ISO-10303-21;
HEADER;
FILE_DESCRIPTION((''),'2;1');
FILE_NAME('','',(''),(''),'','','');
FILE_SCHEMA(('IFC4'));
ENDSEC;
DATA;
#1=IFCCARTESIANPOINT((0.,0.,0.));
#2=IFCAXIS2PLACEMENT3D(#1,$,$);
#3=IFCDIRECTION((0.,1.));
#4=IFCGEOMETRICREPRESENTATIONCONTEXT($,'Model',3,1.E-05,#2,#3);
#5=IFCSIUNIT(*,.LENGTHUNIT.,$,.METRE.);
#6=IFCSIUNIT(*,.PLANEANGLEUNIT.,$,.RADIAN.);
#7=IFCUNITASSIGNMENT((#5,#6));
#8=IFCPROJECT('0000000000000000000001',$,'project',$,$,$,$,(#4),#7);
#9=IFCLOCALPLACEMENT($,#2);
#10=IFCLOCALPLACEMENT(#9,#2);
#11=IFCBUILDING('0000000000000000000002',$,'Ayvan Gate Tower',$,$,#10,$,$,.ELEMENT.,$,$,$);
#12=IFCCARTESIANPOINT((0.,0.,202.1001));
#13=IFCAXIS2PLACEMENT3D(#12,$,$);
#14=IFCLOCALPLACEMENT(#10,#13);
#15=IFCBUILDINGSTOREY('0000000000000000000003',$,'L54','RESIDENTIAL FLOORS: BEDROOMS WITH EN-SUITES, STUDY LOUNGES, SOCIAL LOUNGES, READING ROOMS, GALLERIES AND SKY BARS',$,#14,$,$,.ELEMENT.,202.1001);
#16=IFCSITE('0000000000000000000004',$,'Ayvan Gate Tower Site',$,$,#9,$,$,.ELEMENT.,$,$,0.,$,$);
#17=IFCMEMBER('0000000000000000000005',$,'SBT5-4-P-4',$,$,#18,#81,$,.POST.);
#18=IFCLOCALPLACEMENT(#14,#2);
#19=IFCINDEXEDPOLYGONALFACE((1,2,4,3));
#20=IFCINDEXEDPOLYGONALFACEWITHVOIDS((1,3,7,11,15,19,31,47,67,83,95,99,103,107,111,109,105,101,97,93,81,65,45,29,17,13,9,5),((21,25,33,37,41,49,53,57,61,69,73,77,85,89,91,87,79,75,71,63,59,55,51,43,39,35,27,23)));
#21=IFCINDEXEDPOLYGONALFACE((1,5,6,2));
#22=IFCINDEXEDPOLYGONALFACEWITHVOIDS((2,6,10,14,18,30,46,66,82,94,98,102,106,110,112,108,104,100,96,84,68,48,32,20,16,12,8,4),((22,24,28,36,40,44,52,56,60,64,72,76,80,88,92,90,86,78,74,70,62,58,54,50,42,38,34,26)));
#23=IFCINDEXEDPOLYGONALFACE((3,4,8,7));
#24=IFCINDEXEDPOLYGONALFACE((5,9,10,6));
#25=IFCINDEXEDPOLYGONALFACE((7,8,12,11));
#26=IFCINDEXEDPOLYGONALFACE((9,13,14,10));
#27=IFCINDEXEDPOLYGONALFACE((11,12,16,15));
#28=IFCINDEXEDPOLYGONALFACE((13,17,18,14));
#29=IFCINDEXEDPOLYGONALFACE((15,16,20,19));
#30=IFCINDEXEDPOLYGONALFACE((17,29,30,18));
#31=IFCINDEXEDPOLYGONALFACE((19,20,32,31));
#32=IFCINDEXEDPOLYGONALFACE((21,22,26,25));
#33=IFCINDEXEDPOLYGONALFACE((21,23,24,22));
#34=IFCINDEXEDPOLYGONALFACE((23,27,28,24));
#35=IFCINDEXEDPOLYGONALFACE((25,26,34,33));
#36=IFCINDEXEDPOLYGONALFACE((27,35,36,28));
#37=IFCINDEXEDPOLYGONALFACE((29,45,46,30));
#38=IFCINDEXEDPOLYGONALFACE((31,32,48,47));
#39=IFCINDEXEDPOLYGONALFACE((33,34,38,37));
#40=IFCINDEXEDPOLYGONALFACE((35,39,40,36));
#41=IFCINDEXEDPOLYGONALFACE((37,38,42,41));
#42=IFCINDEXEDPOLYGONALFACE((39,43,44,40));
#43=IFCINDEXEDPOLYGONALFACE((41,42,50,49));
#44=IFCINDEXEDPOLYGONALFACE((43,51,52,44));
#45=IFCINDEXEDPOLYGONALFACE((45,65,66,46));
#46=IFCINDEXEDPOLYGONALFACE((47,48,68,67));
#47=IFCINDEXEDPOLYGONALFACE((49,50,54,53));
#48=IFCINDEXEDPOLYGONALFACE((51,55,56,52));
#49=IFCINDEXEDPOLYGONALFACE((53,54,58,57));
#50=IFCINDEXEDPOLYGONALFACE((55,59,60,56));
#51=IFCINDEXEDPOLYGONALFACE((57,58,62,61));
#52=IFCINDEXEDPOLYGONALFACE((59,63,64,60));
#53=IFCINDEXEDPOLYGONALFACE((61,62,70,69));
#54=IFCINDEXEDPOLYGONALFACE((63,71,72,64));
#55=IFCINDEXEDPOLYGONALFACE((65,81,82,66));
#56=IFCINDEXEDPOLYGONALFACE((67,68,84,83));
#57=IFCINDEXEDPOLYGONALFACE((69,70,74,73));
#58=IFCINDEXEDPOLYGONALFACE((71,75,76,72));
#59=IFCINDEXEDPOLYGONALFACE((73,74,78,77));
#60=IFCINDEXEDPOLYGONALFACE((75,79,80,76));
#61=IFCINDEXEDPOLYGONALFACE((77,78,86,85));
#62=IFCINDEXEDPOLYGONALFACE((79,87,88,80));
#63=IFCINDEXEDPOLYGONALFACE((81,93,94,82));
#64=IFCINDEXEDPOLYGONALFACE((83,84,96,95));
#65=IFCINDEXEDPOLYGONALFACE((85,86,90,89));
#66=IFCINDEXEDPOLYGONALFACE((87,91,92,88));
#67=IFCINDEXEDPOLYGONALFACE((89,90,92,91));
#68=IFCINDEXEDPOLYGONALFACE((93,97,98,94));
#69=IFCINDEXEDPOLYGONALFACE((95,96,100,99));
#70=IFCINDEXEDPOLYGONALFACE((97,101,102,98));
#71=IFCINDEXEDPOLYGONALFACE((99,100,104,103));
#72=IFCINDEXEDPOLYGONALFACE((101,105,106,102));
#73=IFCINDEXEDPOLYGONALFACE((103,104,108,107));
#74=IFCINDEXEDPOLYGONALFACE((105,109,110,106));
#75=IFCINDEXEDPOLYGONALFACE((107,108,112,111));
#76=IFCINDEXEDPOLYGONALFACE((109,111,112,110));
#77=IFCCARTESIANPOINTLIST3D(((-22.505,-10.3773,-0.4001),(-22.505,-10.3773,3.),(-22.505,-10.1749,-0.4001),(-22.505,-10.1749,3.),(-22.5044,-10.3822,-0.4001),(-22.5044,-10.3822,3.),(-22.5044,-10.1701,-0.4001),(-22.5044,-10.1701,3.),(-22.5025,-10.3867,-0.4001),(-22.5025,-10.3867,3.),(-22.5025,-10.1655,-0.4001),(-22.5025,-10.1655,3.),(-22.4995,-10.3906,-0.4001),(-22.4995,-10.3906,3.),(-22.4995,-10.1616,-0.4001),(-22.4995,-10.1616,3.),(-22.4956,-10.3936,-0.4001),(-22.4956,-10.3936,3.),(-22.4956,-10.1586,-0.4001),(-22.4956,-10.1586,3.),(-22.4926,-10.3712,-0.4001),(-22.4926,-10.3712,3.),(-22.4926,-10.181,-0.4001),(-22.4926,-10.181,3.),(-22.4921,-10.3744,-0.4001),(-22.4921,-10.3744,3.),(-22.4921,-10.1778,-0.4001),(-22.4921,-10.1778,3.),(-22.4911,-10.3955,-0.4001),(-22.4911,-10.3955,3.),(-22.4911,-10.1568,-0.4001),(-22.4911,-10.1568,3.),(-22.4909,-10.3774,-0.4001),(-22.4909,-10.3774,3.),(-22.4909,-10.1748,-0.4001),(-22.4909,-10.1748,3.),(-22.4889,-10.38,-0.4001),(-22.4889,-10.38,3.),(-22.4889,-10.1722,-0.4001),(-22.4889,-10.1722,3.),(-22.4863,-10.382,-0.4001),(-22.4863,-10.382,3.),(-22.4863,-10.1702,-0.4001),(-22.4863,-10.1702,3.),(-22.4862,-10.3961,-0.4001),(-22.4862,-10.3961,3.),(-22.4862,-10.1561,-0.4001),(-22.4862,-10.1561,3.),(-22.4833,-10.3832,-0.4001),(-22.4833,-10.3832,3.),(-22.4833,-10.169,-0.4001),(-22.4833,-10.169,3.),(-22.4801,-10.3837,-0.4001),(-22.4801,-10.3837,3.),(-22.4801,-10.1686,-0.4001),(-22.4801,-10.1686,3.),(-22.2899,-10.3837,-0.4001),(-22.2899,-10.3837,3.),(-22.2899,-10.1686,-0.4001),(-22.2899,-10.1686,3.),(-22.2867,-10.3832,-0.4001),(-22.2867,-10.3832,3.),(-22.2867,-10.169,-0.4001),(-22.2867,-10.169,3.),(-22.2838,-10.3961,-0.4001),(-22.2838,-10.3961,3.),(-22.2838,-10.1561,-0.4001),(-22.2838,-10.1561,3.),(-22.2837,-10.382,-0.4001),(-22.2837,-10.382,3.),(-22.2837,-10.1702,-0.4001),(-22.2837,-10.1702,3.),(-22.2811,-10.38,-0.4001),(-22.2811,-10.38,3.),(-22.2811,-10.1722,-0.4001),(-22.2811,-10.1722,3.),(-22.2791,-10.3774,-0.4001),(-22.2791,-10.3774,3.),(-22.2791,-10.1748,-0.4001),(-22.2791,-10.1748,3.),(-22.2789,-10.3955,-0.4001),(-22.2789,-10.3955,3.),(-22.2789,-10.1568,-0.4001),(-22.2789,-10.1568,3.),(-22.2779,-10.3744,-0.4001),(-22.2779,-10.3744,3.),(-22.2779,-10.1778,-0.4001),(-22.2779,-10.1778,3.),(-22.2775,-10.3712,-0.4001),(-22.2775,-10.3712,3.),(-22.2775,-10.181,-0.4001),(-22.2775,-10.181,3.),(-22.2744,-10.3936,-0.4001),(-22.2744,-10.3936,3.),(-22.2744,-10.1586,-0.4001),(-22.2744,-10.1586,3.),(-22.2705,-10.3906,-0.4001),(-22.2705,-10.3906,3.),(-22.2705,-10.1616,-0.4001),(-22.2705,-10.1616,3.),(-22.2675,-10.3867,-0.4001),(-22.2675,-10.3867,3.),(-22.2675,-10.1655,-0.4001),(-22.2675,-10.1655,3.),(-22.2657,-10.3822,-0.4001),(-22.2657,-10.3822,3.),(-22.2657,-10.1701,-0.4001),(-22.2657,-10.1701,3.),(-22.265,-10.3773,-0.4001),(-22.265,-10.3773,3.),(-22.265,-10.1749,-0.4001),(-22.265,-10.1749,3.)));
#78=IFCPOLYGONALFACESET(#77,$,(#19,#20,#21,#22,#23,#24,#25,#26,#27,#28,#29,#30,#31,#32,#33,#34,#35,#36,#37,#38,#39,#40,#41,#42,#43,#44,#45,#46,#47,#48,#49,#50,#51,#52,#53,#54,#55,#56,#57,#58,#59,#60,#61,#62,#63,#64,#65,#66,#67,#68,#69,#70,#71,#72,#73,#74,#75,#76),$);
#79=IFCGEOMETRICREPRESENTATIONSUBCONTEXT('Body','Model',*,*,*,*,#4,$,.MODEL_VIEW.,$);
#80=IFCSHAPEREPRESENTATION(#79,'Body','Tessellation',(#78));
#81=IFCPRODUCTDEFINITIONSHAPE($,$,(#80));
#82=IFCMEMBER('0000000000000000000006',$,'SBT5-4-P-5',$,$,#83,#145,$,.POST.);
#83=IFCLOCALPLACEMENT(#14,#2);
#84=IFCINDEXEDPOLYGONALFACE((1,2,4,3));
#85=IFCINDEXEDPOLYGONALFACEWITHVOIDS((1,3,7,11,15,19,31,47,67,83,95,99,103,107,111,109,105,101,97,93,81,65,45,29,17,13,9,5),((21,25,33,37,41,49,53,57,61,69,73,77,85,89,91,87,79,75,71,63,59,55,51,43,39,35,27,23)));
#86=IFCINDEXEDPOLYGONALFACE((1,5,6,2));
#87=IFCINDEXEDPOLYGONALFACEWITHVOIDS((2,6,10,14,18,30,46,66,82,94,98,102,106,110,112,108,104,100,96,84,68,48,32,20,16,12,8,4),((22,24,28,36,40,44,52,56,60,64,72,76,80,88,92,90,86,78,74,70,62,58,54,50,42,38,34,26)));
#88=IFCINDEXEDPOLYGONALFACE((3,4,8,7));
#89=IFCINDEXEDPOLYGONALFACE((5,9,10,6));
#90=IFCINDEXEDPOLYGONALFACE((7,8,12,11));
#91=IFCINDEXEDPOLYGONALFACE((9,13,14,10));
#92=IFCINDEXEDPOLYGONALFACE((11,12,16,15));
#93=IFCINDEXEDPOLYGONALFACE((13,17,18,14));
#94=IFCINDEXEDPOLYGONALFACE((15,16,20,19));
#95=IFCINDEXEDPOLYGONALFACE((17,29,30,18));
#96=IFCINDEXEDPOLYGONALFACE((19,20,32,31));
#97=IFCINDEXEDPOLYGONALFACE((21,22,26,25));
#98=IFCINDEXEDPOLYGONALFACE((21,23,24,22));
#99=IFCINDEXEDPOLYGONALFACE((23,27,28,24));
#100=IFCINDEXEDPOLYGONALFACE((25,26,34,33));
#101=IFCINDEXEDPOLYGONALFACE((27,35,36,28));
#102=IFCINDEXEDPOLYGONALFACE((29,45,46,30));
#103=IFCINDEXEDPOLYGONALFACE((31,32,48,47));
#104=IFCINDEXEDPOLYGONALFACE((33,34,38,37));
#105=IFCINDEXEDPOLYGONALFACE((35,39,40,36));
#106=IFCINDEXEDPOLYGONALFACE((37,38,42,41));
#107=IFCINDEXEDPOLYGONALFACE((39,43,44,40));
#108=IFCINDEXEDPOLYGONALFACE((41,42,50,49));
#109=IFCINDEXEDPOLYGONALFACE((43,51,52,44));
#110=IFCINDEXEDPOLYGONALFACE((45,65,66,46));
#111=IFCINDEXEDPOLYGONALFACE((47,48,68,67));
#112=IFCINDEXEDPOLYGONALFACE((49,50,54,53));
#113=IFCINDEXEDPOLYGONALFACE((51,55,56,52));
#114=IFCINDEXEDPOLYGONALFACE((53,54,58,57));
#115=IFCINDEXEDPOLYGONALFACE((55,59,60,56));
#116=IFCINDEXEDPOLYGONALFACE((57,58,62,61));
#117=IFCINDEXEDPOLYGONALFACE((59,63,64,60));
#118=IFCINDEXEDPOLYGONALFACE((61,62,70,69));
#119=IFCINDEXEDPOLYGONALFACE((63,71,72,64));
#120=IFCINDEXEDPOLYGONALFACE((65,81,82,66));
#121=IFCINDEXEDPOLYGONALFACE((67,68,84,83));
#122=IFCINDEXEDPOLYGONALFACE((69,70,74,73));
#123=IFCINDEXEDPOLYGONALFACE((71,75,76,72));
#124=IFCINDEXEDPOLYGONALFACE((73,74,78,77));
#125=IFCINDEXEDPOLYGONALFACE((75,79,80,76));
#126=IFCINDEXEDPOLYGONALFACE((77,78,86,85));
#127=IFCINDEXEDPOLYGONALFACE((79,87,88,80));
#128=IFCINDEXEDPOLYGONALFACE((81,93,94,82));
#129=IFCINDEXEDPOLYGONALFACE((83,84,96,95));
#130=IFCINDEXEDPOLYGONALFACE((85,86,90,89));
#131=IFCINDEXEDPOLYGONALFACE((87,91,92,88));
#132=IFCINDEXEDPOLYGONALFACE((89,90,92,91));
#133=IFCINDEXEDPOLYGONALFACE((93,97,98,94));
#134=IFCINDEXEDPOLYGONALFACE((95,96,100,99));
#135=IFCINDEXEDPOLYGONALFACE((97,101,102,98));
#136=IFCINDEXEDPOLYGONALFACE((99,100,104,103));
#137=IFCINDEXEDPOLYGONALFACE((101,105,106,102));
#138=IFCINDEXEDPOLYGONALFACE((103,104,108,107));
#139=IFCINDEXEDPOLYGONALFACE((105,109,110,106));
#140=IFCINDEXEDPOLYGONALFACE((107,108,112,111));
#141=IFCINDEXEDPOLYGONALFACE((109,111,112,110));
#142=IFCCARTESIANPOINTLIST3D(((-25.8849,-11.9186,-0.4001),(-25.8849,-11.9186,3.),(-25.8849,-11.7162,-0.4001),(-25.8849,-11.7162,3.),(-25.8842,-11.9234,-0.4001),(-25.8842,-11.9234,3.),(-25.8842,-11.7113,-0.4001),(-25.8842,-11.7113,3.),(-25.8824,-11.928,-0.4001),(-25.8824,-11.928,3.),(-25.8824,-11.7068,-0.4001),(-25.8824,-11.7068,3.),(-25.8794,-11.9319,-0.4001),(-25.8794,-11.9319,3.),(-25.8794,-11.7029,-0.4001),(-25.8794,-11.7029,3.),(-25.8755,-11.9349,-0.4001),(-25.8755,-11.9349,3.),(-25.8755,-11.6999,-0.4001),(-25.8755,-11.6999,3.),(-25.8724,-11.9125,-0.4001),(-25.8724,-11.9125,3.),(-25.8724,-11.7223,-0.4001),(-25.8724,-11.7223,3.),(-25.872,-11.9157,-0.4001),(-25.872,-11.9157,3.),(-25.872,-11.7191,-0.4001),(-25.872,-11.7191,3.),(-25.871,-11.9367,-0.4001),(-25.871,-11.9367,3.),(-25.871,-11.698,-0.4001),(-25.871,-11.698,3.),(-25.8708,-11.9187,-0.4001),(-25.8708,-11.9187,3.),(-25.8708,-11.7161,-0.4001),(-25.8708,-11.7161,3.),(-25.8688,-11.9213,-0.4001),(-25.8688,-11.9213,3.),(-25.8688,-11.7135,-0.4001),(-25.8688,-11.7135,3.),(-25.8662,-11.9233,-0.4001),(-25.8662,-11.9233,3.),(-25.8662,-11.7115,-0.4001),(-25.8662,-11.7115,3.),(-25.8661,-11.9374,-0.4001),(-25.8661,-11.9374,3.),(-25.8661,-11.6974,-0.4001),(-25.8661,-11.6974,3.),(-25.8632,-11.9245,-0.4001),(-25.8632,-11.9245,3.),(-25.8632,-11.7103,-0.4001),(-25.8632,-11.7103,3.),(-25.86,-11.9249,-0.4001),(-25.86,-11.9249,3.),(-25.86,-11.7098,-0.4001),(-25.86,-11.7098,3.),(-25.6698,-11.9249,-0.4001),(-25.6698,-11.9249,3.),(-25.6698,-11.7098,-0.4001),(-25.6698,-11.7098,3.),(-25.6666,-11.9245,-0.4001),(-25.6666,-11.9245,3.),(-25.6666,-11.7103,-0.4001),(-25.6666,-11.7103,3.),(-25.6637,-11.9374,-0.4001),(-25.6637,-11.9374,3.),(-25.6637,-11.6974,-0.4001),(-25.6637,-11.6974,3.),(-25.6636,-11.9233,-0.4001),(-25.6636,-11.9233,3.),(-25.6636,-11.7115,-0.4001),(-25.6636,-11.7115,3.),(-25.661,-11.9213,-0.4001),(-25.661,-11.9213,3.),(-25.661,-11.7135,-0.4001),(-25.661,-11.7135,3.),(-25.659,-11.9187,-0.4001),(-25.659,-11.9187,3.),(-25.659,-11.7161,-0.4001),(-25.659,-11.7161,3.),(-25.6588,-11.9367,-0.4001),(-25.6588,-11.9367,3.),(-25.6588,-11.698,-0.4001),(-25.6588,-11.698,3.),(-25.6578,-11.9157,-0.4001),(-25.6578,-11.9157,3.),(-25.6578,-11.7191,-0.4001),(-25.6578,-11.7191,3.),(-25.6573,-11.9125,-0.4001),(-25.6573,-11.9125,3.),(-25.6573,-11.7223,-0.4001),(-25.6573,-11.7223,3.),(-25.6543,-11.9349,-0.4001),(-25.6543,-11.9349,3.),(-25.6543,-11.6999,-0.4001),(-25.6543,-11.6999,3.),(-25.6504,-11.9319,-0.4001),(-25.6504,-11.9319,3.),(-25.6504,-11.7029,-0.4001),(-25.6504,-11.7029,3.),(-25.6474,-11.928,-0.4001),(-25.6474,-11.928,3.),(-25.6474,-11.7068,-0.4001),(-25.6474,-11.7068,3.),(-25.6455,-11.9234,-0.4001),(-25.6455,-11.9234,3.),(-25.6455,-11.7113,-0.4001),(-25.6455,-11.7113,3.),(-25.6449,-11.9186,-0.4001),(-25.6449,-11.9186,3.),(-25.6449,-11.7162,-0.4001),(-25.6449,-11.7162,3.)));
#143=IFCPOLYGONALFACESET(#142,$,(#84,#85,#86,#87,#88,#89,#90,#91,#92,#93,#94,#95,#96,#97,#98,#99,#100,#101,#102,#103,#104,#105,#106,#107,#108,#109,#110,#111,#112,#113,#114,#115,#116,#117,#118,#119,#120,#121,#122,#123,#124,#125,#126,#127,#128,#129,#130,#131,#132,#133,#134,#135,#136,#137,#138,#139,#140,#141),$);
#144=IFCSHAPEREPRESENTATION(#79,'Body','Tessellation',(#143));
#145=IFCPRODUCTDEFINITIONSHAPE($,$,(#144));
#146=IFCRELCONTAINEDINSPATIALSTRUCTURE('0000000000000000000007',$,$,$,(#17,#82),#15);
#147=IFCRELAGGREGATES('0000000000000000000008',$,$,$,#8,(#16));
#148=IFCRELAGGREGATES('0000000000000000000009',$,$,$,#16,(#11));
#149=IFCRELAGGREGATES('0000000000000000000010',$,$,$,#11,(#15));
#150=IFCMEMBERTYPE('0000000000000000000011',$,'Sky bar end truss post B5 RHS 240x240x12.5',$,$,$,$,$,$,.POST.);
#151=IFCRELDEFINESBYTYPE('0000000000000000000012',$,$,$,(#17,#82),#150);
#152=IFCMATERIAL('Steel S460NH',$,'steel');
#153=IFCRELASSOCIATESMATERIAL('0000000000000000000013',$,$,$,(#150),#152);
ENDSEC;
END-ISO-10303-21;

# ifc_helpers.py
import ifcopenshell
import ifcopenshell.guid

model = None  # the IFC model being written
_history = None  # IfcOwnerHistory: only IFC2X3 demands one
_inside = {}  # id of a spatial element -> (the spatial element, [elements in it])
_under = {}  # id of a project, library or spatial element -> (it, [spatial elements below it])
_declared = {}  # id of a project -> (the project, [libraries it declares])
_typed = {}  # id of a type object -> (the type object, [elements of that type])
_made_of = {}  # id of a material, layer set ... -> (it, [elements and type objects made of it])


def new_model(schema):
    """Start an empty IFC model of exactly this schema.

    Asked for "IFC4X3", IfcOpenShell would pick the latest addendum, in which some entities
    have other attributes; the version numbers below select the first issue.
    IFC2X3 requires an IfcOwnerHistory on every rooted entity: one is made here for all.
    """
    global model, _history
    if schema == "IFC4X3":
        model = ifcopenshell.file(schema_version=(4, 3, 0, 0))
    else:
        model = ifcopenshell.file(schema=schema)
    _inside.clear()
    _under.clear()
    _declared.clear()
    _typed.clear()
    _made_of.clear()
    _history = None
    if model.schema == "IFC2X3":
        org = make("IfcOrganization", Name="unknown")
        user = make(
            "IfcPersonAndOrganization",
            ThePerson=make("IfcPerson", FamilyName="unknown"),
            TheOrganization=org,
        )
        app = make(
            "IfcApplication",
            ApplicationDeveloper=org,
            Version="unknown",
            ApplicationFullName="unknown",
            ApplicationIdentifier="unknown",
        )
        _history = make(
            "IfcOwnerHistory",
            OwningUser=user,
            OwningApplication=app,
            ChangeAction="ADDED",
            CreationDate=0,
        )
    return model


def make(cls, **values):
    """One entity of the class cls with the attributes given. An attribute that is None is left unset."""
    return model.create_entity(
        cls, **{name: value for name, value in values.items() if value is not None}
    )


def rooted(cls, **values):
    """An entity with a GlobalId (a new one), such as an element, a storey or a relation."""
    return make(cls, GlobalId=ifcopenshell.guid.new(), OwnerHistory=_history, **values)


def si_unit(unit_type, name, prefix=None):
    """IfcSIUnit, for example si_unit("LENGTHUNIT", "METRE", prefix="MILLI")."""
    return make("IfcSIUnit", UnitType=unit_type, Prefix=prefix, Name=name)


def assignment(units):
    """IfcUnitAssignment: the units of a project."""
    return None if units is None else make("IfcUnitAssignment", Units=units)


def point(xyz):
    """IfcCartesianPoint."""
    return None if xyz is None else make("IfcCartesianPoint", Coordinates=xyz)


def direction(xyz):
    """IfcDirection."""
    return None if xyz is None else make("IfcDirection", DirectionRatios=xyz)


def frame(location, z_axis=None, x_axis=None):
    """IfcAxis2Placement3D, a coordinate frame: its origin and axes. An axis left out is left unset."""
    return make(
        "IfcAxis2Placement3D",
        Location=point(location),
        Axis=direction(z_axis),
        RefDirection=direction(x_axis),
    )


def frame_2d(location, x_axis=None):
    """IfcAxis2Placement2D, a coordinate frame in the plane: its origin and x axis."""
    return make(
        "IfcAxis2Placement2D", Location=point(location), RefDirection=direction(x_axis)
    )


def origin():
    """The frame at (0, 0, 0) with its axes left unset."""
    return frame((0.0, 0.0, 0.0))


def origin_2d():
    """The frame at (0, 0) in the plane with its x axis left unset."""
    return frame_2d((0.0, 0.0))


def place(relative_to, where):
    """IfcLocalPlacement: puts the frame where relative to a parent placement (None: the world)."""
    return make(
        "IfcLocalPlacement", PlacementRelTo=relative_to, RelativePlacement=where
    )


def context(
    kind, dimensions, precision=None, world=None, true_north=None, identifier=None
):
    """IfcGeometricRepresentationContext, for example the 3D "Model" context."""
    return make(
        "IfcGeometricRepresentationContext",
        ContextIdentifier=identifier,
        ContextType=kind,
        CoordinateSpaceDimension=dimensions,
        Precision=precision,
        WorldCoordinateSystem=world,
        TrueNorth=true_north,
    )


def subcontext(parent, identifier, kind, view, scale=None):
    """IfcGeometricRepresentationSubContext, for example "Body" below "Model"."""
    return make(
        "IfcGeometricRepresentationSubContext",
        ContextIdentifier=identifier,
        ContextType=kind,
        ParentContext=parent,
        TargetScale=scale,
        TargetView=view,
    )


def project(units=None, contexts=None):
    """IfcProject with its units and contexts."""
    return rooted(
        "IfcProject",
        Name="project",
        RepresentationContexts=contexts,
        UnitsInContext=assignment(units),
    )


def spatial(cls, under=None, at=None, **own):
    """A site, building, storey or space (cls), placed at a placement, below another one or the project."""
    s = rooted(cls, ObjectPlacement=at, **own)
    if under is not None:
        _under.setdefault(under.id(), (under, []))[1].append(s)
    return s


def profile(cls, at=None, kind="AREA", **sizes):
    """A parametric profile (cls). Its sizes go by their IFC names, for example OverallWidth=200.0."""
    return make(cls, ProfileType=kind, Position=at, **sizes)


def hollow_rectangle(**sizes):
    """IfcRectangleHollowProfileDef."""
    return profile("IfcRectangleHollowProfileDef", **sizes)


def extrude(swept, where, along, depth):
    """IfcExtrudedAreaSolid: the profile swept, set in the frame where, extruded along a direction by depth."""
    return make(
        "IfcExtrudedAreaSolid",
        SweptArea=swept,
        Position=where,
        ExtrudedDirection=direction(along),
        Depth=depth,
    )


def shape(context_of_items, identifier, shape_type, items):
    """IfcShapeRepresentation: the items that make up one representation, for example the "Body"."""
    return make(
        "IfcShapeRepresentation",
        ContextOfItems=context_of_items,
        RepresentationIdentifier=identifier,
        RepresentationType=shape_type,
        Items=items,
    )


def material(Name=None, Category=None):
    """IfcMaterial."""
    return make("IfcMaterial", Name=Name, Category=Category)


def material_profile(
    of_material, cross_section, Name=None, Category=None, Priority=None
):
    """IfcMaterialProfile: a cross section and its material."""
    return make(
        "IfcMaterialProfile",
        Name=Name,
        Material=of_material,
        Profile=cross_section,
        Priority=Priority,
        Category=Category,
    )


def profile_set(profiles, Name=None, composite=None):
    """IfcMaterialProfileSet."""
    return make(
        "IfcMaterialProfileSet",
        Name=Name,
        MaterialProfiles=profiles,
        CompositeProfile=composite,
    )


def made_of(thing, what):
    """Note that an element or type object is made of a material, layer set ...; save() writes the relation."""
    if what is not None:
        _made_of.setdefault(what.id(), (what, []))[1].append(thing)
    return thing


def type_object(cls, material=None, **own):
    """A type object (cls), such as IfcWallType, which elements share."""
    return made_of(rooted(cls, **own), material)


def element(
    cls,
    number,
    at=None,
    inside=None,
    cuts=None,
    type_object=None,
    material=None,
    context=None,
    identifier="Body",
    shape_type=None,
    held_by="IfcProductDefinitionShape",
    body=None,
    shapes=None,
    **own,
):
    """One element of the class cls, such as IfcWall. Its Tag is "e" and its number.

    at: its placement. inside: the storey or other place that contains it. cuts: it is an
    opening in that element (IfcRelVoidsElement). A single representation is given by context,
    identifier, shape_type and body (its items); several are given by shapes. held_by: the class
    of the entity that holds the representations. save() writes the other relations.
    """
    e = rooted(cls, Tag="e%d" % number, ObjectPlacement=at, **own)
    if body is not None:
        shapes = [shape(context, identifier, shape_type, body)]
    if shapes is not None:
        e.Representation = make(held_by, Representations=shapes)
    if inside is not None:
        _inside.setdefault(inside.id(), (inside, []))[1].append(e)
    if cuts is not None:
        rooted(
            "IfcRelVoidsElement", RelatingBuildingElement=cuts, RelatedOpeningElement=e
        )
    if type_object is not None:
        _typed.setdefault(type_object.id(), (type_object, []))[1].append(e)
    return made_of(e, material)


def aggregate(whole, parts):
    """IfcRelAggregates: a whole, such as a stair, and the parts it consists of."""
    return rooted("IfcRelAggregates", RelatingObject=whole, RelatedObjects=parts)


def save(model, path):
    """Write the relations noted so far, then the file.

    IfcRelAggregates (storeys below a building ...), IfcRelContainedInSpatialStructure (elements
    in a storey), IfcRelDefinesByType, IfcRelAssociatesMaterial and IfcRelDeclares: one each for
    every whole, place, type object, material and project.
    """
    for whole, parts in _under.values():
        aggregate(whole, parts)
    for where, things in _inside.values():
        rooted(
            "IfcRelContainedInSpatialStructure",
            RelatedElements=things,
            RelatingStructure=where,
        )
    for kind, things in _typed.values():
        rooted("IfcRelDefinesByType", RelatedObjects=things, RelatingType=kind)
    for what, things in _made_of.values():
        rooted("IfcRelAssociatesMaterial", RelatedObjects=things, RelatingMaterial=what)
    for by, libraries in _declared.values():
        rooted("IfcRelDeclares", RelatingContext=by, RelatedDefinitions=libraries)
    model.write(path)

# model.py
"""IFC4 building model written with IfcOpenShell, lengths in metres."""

from ifc_helpers import new_model, si_unit, direction, frame, origin, origin_2d, place, context, subcontext, project, spatial, hollow_rectangle, extrude, material, material_profile, profile_set, type_object, element, save


model = new_model("IFC4")

# Units and contexts
model_context = context("Model", 3, precision=1e-05, world=origin(), true_north=direction((0.0, 1.0)))
body_context = subcontext(model_context, "Body", "Model", "MODEL_VIEW")
ifc_project = project(units=[si_unit("LENGTHUNIT", "METRE"), si_unit("PLANEANGLEUNIT", "RADIAN")], contexts=[model_context])

# Site, building, storey
site_placement = place(None, origin())
site = spatial("IfcSite", under=ifc_project, at=site_placement, Name="Ayvan Gate Tower Site", CompositionType="ELEMENT", RefElevation=0.0)
building_placement = place(site_placement, origin())
building = spatial("IfcBuilding", under=site, at=building_placement, Name="Ayvan Gate Tower", CompositionType="ELEMENT")
storey_placement = place(building_placement, frame((0.0, 0.0, 202.1001)))
storey = spatial("IfcBuildingStorey", under=building, at=storey_placement, Name="L54", Description="RESIDENTIAL FLOORS: BEDROOMS WITH EN-SUITES, STUDY LOUNGES, SOCIAL LOUNGES, READING ROOMS, GALLERIES AND SKY BARS", CompositionType="ELEMENT", Elevation=202.1001)

# Members
ifc_material_1 = material(Name="Steel S460NH", Category="steel")
ifc_material_profile_1 = material_profile(ifc_material_1, hollow_rectangle(XDim=0.24, YDim=0.24, WallThickness=0.0125, InnerFilletRadius=0.0125, OuterFilletRadius=0.0188, at=origin_2d()), Name="RHS 240x240x12.5")
ifc_profile_set_1 = profile_set([ifc_material_profile_1], Name="Steel S460NH")
member_type_1 = type_object("IfcMemberType", Name="Sky bar end truss post B5 RHS 240x240x12.5", PredefinedType="POST", material=ifc_profile_set_1)
for number, where, z_axis, x_axis, name in (
    (1, (-22.385, -10.2761, -0.4001), (0.0, 0.0, 1.0), (1.0, 0.0, 0.0), "SBT5-4-P-4"),
    (2, (-25.7649, -11.8174, -0.4001), (0.0, 0.0, 1.0), (1.0, 0.0, 0.0), "SBT5-4-P-5"),
):
    element("IfcMember", number, at=place(storey_placement, frame(where, z_axis=z_axis, x_axis=x_axis)), inside=storey, type_object=member_type_1, Name=name, PredefinedType="POST", context=body_context, shape_type="SweptSolid", body=[
        extrude(hollow_rectangle(XDim=0.24, YDim=0.24, WallThickness=0.0125, InnerFilletRadius=0.0125, OuterFilletRadius=0.0188, at=origin_2d()), origin(), (0.0, 0.0, 1.0), 3.4001),
    ])

save(model, "model.ifc")
